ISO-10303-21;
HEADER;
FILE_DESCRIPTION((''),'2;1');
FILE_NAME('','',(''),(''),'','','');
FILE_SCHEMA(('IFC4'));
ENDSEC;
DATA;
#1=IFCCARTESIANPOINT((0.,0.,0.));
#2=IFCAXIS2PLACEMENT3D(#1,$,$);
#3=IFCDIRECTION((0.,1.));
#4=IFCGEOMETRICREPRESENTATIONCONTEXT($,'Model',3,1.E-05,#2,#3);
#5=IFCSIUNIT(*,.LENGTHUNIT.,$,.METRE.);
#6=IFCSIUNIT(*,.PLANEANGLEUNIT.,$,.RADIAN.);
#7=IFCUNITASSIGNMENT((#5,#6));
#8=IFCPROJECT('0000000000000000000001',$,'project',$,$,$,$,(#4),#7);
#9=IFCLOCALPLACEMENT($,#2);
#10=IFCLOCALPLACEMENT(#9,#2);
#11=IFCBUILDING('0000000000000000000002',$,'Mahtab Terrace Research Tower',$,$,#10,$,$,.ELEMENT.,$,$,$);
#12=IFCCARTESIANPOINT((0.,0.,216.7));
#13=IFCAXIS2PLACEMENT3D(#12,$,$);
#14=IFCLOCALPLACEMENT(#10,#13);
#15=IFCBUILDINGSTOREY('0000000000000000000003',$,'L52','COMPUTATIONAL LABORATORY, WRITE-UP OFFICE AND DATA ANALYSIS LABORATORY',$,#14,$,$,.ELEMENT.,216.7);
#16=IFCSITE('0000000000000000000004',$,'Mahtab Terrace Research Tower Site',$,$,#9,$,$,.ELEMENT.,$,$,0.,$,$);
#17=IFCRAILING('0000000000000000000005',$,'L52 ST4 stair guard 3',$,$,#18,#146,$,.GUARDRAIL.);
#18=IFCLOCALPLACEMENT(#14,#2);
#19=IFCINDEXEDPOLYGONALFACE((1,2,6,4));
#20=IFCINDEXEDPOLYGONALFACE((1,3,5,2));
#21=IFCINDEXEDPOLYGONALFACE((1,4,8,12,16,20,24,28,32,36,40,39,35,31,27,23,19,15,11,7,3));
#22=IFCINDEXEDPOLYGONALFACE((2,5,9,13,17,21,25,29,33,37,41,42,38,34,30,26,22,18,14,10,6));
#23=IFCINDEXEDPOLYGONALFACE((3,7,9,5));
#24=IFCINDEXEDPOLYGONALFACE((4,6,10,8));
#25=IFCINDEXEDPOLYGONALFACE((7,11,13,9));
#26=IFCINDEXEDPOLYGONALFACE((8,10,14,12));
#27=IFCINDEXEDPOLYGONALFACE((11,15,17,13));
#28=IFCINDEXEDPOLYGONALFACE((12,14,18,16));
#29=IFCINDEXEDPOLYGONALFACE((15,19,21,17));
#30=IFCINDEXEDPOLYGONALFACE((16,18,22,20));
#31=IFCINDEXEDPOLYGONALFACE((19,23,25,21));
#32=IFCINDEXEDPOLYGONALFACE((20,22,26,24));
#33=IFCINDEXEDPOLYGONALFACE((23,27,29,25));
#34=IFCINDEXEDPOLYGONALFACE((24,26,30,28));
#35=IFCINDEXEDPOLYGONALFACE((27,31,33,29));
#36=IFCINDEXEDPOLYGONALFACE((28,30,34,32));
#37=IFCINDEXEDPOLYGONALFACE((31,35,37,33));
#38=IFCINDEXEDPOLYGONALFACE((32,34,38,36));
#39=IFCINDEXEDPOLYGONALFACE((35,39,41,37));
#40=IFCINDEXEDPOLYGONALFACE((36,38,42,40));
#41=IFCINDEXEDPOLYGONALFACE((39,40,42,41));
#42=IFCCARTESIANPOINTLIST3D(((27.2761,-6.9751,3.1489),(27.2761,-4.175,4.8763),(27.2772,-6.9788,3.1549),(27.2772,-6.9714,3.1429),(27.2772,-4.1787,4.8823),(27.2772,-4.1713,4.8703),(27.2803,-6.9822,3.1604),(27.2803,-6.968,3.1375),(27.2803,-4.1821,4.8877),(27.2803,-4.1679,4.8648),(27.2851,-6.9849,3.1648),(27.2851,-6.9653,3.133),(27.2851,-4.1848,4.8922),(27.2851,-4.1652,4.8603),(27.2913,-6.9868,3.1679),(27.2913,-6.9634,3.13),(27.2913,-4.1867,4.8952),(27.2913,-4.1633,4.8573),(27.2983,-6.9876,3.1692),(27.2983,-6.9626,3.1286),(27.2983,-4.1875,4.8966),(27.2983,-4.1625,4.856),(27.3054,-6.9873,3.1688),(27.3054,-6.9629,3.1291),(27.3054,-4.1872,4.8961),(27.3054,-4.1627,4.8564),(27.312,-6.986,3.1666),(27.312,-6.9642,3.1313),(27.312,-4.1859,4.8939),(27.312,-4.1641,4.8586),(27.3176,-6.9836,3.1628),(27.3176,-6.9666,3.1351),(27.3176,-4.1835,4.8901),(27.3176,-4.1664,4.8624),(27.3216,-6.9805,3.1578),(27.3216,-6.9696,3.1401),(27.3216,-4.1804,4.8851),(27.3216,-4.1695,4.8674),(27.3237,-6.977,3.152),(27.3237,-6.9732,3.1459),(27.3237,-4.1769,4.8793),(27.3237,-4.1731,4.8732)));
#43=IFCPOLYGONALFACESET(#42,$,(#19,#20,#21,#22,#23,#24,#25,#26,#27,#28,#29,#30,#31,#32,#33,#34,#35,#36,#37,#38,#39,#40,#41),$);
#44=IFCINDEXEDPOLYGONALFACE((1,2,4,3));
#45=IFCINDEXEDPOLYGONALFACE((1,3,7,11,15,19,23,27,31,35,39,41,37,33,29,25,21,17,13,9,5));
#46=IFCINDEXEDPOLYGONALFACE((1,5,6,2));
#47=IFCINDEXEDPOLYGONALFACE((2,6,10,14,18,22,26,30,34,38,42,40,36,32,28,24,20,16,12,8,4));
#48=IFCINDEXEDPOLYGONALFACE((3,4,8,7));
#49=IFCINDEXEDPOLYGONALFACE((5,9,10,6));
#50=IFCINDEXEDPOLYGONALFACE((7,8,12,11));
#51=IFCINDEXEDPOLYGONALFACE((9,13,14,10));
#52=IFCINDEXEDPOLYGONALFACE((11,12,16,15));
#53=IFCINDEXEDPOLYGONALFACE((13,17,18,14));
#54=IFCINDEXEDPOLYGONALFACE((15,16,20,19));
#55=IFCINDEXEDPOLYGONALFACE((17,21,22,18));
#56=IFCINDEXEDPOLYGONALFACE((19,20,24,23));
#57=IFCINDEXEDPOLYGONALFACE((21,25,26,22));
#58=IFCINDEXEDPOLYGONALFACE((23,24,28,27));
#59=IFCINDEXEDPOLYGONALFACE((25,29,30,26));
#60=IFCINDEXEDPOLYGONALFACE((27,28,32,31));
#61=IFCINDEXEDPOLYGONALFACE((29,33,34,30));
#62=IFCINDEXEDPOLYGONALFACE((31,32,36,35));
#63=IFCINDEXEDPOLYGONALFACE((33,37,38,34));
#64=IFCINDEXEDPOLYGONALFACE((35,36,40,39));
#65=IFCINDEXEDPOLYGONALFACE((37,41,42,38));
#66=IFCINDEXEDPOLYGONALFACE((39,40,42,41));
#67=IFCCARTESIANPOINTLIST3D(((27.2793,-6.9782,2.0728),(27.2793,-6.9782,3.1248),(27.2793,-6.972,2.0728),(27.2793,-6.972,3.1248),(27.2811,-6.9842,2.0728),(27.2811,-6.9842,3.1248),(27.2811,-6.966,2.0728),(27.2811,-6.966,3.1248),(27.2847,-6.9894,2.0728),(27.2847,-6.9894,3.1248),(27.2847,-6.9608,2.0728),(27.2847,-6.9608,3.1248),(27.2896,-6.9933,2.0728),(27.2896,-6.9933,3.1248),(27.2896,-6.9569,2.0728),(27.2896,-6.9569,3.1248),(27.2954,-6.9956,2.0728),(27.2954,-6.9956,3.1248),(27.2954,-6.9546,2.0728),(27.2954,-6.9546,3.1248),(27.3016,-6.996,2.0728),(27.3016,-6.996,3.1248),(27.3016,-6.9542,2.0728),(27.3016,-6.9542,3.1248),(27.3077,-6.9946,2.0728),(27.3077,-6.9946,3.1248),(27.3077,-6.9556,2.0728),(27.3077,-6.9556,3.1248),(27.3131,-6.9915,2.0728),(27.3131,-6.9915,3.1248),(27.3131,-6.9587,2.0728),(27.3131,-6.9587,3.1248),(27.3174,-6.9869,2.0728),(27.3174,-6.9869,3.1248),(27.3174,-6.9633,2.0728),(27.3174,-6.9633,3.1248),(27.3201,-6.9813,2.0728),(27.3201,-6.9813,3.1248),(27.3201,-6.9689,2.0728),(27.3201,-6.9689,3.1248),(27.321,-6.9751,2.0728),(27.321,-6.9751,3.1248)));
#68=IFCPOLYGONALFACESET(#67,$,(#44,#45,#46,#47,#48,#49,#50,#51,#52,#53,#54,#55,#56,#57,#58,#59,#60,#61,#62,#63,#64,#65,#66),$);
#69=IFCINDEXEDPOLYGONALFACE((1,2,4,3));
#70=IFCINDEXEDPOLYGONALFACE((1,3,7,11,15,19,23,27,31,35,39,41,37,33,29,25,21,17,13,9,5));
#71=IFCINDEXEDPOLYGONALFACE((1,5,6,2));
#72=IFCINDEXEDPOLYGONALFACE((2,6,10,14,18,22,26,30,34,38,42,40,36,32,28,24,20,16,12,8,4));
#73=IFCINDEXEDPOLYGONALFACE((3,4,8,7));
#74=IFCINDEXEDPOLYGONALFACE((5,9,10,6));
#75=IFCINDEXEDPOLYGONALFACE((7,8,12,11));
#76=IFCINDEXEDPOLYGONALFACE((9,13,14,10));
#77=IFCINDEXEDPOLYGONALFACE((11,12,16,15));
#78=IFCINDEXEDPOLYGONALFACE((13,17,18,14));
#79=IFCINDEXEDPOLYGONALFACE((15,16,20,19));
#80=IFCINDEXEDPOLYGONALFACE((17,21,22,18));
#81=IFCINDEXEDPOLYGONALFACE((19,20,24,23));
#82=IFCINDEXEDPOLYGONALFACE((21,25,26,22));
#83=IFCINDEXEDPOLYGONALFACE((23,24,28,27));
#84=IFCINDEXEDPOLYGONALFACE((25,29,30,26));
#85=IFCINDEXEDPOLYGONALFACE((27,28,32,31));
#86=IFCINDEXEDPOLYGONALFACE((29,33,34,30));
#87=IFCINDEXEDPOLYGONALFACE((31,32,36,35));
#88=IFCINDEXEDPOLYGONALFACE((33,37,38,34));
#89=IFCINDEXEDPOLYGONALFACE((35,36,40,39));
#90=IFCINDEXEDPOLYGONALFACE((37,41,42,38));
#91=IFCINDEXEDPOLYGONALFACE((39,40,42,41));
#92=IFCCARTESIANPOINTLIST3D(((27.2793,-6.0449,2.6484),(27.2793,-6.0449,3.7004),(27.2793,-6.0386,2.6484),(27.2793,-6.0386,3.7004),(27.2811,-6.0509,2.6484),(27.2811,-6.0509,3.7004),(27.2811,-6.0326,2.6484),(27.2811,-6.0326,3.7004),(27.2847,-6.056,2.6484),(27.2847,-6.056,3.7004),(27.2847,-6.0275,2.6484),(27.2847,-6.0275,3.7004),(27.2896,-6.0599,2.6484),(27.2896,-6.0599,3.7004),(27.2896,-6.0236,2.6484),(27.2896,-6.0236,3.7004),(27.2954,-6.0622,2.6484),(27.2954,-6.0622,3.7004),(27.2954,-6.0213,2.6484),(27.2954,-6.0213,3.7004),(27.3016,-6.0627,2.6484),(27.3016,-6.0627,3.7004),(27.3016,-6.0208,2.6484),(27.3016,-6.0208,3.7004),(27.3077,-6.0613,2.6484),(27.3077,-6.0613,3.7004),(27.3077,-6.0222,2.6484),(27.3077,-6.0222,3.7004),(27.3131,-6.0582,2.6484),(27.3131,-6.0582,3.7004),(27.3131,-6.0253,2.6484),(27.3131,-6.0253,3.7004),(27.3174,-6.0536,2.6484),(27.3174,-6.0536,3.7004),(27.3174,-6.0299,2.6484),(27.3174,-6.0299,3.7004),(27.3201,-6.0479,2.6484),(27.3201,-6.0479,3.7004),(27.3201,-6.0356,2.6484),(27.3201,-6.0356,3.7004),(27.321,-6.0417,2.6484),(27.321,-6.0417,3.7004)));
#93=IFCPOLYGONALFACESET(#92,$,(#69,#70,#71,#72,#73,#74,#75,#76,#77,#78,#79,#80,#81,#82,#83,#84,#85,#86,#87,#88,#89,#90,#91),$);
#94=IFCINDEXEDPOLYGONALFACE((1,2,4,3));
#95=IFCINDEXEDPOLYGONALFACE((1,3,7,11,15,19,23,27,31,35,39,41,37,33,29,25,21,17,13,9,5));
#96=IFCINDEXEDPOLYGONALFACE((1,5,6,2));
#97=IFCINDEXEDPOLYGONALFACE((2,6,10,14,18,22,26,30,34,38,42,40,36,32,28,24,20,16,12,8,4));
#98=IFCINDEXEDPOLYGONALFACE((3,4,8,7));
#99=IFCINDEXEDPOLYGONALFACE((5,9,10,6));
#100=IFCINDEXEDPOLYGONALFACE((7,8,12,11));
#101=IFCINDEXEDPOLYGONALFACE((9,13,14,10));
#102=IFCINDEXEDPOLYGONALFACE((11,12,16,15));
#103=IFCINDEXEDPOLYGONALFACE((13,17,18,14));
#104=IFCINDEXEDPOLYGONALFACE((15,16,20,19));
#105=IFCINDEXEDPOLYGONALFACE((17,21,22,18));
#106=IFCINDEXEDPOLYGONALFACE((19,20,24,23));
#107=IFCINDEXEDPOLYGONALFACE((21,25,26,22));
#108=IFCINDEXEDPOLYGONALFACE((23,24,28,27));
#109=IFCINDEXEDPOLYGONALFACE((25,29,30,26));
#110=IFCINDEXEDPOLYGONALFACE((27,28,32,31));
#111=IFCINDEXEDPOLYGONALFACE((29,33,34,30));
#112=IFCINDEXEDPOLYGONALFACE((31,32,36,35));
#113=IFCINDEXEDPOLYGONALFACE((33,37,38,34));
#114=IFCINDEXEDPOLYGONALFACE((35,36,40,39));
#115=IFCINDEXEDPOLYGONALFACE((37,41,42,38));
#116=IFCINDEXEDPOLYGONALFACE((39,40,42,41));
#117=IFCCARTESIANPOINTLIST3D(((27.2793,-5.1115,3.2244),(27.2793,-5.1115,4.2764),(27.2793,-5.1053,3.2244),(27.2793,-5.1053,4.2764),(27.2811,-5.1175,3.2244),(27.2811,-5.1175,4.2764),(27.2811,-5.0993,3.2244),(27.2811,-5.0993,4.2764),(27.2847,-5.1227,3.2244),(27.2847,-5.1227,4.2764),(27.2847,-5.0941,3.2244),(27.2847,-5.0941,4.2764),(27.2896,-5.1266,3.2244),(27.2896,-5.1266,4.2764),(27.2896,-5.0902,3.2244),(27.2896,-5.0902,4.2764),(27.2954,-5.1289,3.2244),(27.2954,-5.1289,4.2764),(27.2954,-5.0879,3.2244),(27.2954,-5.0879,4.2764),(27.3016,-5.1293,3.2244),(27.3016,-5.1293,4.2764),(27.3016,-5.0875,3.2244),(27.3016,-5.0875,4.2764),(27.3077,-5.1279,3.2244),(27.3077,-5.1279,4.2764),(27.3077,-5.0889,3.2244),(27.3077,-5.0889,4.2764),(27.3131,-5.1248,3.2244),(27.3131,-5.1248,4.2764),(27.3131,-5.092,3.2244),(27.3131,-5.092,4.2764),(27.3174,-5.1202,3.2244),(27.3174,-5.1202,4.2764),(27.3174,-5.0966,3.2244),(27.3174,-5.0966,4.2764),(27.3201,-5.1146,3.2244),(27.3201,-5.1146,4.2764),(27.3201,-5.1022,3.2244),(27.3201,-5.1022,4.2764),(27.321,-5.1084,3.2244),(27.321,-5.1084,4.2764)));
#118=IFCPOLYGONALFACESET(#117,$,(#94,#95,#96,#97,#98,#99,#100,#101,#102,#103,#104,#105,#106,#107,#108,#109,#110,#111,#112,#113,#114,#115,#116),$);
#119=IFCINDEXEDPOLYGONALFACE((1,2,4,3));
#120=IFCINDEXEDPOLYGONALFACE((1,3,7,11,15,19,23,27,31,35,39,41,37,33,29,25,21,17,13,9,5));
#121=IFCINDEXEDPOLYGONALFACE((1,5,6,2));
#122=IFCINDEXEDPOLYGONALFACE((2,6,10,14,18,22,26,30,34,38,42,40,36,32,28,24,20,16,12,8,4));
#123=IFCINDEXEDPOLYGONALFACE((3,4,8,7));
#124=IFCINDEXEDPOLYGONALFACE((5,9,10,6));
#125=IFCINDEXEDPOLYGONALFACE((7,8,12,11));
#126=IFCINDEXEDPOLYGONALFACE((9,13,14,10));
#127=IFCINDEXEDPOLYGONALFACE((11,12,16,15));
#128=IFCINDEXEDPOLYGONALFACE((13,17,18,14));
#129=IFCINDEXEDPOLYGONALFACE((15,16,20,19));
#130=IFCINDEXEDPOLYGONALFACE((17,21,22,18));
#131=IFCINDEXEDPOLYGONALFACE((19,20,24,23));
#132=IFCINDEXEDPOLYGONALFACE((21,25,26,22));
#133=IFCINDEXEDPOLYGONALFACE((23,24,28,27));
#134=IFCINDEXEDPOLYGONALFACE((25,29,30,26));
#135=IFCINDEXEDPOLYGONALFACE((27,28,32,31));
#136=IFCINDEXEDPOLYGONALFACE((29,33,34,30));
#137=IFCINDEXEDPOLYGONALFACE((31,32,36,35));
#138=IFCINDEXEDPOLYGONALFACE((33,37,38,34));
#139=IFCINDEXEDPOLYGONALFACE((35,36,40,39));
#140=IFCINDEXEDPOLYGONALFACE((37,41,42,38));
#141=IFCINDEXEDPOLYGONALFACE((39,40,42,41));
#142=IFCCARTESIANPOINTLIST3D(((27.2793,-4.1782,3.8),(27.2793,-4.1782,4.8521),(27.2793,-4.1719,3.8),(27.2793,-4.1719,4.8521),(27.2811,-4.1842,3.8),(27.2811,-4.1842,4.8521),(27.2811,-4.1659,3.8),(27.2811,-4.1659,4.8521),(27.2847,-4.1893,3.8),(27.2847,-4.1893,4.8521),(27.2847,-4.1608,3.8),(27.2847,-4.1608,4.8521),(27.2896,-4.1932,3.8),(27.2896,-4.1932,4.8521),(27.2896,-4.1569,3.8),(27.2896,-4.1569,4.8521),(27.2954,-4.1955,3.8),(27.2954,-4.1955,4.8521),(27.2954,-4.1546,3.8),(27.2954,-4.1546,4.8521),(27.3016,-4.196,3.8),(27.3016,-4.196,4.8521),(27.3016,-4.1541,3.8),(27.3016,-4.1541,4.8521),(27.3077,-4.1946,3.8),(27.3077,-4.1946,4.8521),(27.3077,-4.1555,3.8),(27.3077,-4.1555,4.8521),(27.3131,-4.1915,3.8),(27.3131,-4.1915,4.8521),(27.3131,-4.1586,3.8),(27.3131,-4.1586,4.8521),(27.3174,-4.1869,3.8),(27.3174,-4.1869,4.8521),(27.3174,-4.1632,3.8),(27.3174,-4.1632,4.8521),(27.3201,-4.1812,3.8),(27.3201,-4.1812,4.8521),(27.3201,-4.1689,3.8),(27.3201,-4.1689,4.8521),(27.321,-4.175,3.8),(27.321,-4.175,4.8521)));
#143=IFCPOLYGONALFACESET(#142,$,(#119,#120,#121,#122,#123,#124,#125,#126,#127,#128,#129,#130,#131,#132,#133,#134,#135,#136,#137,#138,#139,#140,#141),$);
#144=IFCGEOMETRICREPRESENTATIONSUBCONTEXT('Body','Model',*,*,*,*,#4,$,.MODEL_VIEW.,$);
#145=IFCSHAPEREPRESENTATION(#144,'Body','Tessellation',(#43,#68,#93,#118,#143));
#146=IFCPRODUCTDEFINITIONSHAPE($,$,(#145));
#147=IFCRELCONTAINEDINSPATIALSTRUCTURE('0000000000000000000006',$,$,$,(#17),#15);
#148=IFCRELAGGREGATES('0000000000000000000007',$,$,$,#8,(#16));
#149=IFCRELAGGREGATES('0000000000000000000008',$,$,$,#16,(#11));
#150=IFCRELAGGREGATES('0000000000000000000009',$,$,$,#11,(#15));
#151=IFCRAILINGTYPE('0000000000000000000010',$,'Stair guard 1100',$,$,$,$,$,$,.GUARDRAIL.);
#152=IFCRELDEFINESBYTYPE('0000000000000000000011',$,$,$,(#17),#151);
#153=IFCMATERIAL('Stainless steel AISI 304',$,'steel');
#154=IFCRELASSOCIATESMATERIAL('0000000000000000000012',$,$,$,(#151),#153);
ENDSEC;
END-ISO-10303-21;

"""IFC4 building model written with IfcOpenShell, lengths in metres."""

from ifc_helpers import new_model, si_unit, direction, frame, origin, origin_2d, place, context, subcontext, project, spatial, circle, extrude, material, type_object, element, save


model = new_model("IFC4")

# Units and contexts
model_context = context("Model", 3, precision=1e-05, world=origin(), true_north=direction((0.0, 1.0)))
body_context = subcontext(model_context, "Body", "Model", "MODEL_VIEW")
ifc_project = project(units=[si_unit("LENGTHUNIT", "METRE"), si_unit("PLANEANGLEUNIT", "RADIAN")], contexts=[model_context])

# Site, building, storey
site_placement = place(None, origin())
site = spatial("IfcSite", under=ifc_project, at=site_placement, Name="Mahtab Terrace Research Tower Site", CompositionType="ELEMENT", RefElevation=0.0)
building_placement = place(site_placement, origin())
building = spatial("IfcBuilding", under=site, at=building_placement, Name="Mahtab Terrace Research Tower", CompositionType="ELEMENT")
storey_placement = place(building_placement, frame((0.0, 0.0, 216.7)))
storey = spatial("IfcBuildingStorey", under=building, at=storey_placement, Name="L52", Description="COMPUTATIONAL LABORATORY, WRITE-UP OFFICE AND DATA ANALYSIS LABORATORY", CompositionType="ELEMENT", Elevation=216.7)

# Railing
ifc_material_1 = material(Name="Stainless steel AISI 304", Category="steel")
railing_type_1 = type_object("IfcRailingType", Name="Stair guard 1100", PredefinedType="GUARDRAIL", material=ifc_material_1)
railing_1_placement = place(storey_placement, frame((27.3, -6.9751, 2.0728)))
element("IfcRailing", 1, at=railing_1_placement, inside=storey, type_object=railing_type_1, Name="L52 ST4 stair guard 3", PredefinedType="GUARDRAIL", context=body_context, shape_type="SweptSolid", body=[
    extrude(circle(Radius=0.0239, at=origin_2d()), frame((0.0, 0.0, 1.0762), z_axis=(0.0, 0.85109, 0.52502), x_axis=(-1.0, 0.0, 0.0)), (0.0, 0.0, 1.0), 3.29),
    extrude(circle(Radius=0.021, at=origin_2d()), origin(), (0.0, 0.0, 1.0), 1.052),
    extrude(circle(Radius=0.021, at=origin_2d()), frame((0.0, 0.9333, 0.5757)), (0.0, 0.0, 1.0), 1.052),
    extrude(circle(Radius=0.021, at=origin_2d()), frame((0.0, 1.8667, 1.1516)), (0.0, 0.0, 1.0), 1.052),
    extrude(circle(Radius=0.021, at=origin_2d()), frame((0.0, 2.8, 1.7273)), (0.0, 0.0, 1.0), 1.052),
])

save(model, "model.ifc")
